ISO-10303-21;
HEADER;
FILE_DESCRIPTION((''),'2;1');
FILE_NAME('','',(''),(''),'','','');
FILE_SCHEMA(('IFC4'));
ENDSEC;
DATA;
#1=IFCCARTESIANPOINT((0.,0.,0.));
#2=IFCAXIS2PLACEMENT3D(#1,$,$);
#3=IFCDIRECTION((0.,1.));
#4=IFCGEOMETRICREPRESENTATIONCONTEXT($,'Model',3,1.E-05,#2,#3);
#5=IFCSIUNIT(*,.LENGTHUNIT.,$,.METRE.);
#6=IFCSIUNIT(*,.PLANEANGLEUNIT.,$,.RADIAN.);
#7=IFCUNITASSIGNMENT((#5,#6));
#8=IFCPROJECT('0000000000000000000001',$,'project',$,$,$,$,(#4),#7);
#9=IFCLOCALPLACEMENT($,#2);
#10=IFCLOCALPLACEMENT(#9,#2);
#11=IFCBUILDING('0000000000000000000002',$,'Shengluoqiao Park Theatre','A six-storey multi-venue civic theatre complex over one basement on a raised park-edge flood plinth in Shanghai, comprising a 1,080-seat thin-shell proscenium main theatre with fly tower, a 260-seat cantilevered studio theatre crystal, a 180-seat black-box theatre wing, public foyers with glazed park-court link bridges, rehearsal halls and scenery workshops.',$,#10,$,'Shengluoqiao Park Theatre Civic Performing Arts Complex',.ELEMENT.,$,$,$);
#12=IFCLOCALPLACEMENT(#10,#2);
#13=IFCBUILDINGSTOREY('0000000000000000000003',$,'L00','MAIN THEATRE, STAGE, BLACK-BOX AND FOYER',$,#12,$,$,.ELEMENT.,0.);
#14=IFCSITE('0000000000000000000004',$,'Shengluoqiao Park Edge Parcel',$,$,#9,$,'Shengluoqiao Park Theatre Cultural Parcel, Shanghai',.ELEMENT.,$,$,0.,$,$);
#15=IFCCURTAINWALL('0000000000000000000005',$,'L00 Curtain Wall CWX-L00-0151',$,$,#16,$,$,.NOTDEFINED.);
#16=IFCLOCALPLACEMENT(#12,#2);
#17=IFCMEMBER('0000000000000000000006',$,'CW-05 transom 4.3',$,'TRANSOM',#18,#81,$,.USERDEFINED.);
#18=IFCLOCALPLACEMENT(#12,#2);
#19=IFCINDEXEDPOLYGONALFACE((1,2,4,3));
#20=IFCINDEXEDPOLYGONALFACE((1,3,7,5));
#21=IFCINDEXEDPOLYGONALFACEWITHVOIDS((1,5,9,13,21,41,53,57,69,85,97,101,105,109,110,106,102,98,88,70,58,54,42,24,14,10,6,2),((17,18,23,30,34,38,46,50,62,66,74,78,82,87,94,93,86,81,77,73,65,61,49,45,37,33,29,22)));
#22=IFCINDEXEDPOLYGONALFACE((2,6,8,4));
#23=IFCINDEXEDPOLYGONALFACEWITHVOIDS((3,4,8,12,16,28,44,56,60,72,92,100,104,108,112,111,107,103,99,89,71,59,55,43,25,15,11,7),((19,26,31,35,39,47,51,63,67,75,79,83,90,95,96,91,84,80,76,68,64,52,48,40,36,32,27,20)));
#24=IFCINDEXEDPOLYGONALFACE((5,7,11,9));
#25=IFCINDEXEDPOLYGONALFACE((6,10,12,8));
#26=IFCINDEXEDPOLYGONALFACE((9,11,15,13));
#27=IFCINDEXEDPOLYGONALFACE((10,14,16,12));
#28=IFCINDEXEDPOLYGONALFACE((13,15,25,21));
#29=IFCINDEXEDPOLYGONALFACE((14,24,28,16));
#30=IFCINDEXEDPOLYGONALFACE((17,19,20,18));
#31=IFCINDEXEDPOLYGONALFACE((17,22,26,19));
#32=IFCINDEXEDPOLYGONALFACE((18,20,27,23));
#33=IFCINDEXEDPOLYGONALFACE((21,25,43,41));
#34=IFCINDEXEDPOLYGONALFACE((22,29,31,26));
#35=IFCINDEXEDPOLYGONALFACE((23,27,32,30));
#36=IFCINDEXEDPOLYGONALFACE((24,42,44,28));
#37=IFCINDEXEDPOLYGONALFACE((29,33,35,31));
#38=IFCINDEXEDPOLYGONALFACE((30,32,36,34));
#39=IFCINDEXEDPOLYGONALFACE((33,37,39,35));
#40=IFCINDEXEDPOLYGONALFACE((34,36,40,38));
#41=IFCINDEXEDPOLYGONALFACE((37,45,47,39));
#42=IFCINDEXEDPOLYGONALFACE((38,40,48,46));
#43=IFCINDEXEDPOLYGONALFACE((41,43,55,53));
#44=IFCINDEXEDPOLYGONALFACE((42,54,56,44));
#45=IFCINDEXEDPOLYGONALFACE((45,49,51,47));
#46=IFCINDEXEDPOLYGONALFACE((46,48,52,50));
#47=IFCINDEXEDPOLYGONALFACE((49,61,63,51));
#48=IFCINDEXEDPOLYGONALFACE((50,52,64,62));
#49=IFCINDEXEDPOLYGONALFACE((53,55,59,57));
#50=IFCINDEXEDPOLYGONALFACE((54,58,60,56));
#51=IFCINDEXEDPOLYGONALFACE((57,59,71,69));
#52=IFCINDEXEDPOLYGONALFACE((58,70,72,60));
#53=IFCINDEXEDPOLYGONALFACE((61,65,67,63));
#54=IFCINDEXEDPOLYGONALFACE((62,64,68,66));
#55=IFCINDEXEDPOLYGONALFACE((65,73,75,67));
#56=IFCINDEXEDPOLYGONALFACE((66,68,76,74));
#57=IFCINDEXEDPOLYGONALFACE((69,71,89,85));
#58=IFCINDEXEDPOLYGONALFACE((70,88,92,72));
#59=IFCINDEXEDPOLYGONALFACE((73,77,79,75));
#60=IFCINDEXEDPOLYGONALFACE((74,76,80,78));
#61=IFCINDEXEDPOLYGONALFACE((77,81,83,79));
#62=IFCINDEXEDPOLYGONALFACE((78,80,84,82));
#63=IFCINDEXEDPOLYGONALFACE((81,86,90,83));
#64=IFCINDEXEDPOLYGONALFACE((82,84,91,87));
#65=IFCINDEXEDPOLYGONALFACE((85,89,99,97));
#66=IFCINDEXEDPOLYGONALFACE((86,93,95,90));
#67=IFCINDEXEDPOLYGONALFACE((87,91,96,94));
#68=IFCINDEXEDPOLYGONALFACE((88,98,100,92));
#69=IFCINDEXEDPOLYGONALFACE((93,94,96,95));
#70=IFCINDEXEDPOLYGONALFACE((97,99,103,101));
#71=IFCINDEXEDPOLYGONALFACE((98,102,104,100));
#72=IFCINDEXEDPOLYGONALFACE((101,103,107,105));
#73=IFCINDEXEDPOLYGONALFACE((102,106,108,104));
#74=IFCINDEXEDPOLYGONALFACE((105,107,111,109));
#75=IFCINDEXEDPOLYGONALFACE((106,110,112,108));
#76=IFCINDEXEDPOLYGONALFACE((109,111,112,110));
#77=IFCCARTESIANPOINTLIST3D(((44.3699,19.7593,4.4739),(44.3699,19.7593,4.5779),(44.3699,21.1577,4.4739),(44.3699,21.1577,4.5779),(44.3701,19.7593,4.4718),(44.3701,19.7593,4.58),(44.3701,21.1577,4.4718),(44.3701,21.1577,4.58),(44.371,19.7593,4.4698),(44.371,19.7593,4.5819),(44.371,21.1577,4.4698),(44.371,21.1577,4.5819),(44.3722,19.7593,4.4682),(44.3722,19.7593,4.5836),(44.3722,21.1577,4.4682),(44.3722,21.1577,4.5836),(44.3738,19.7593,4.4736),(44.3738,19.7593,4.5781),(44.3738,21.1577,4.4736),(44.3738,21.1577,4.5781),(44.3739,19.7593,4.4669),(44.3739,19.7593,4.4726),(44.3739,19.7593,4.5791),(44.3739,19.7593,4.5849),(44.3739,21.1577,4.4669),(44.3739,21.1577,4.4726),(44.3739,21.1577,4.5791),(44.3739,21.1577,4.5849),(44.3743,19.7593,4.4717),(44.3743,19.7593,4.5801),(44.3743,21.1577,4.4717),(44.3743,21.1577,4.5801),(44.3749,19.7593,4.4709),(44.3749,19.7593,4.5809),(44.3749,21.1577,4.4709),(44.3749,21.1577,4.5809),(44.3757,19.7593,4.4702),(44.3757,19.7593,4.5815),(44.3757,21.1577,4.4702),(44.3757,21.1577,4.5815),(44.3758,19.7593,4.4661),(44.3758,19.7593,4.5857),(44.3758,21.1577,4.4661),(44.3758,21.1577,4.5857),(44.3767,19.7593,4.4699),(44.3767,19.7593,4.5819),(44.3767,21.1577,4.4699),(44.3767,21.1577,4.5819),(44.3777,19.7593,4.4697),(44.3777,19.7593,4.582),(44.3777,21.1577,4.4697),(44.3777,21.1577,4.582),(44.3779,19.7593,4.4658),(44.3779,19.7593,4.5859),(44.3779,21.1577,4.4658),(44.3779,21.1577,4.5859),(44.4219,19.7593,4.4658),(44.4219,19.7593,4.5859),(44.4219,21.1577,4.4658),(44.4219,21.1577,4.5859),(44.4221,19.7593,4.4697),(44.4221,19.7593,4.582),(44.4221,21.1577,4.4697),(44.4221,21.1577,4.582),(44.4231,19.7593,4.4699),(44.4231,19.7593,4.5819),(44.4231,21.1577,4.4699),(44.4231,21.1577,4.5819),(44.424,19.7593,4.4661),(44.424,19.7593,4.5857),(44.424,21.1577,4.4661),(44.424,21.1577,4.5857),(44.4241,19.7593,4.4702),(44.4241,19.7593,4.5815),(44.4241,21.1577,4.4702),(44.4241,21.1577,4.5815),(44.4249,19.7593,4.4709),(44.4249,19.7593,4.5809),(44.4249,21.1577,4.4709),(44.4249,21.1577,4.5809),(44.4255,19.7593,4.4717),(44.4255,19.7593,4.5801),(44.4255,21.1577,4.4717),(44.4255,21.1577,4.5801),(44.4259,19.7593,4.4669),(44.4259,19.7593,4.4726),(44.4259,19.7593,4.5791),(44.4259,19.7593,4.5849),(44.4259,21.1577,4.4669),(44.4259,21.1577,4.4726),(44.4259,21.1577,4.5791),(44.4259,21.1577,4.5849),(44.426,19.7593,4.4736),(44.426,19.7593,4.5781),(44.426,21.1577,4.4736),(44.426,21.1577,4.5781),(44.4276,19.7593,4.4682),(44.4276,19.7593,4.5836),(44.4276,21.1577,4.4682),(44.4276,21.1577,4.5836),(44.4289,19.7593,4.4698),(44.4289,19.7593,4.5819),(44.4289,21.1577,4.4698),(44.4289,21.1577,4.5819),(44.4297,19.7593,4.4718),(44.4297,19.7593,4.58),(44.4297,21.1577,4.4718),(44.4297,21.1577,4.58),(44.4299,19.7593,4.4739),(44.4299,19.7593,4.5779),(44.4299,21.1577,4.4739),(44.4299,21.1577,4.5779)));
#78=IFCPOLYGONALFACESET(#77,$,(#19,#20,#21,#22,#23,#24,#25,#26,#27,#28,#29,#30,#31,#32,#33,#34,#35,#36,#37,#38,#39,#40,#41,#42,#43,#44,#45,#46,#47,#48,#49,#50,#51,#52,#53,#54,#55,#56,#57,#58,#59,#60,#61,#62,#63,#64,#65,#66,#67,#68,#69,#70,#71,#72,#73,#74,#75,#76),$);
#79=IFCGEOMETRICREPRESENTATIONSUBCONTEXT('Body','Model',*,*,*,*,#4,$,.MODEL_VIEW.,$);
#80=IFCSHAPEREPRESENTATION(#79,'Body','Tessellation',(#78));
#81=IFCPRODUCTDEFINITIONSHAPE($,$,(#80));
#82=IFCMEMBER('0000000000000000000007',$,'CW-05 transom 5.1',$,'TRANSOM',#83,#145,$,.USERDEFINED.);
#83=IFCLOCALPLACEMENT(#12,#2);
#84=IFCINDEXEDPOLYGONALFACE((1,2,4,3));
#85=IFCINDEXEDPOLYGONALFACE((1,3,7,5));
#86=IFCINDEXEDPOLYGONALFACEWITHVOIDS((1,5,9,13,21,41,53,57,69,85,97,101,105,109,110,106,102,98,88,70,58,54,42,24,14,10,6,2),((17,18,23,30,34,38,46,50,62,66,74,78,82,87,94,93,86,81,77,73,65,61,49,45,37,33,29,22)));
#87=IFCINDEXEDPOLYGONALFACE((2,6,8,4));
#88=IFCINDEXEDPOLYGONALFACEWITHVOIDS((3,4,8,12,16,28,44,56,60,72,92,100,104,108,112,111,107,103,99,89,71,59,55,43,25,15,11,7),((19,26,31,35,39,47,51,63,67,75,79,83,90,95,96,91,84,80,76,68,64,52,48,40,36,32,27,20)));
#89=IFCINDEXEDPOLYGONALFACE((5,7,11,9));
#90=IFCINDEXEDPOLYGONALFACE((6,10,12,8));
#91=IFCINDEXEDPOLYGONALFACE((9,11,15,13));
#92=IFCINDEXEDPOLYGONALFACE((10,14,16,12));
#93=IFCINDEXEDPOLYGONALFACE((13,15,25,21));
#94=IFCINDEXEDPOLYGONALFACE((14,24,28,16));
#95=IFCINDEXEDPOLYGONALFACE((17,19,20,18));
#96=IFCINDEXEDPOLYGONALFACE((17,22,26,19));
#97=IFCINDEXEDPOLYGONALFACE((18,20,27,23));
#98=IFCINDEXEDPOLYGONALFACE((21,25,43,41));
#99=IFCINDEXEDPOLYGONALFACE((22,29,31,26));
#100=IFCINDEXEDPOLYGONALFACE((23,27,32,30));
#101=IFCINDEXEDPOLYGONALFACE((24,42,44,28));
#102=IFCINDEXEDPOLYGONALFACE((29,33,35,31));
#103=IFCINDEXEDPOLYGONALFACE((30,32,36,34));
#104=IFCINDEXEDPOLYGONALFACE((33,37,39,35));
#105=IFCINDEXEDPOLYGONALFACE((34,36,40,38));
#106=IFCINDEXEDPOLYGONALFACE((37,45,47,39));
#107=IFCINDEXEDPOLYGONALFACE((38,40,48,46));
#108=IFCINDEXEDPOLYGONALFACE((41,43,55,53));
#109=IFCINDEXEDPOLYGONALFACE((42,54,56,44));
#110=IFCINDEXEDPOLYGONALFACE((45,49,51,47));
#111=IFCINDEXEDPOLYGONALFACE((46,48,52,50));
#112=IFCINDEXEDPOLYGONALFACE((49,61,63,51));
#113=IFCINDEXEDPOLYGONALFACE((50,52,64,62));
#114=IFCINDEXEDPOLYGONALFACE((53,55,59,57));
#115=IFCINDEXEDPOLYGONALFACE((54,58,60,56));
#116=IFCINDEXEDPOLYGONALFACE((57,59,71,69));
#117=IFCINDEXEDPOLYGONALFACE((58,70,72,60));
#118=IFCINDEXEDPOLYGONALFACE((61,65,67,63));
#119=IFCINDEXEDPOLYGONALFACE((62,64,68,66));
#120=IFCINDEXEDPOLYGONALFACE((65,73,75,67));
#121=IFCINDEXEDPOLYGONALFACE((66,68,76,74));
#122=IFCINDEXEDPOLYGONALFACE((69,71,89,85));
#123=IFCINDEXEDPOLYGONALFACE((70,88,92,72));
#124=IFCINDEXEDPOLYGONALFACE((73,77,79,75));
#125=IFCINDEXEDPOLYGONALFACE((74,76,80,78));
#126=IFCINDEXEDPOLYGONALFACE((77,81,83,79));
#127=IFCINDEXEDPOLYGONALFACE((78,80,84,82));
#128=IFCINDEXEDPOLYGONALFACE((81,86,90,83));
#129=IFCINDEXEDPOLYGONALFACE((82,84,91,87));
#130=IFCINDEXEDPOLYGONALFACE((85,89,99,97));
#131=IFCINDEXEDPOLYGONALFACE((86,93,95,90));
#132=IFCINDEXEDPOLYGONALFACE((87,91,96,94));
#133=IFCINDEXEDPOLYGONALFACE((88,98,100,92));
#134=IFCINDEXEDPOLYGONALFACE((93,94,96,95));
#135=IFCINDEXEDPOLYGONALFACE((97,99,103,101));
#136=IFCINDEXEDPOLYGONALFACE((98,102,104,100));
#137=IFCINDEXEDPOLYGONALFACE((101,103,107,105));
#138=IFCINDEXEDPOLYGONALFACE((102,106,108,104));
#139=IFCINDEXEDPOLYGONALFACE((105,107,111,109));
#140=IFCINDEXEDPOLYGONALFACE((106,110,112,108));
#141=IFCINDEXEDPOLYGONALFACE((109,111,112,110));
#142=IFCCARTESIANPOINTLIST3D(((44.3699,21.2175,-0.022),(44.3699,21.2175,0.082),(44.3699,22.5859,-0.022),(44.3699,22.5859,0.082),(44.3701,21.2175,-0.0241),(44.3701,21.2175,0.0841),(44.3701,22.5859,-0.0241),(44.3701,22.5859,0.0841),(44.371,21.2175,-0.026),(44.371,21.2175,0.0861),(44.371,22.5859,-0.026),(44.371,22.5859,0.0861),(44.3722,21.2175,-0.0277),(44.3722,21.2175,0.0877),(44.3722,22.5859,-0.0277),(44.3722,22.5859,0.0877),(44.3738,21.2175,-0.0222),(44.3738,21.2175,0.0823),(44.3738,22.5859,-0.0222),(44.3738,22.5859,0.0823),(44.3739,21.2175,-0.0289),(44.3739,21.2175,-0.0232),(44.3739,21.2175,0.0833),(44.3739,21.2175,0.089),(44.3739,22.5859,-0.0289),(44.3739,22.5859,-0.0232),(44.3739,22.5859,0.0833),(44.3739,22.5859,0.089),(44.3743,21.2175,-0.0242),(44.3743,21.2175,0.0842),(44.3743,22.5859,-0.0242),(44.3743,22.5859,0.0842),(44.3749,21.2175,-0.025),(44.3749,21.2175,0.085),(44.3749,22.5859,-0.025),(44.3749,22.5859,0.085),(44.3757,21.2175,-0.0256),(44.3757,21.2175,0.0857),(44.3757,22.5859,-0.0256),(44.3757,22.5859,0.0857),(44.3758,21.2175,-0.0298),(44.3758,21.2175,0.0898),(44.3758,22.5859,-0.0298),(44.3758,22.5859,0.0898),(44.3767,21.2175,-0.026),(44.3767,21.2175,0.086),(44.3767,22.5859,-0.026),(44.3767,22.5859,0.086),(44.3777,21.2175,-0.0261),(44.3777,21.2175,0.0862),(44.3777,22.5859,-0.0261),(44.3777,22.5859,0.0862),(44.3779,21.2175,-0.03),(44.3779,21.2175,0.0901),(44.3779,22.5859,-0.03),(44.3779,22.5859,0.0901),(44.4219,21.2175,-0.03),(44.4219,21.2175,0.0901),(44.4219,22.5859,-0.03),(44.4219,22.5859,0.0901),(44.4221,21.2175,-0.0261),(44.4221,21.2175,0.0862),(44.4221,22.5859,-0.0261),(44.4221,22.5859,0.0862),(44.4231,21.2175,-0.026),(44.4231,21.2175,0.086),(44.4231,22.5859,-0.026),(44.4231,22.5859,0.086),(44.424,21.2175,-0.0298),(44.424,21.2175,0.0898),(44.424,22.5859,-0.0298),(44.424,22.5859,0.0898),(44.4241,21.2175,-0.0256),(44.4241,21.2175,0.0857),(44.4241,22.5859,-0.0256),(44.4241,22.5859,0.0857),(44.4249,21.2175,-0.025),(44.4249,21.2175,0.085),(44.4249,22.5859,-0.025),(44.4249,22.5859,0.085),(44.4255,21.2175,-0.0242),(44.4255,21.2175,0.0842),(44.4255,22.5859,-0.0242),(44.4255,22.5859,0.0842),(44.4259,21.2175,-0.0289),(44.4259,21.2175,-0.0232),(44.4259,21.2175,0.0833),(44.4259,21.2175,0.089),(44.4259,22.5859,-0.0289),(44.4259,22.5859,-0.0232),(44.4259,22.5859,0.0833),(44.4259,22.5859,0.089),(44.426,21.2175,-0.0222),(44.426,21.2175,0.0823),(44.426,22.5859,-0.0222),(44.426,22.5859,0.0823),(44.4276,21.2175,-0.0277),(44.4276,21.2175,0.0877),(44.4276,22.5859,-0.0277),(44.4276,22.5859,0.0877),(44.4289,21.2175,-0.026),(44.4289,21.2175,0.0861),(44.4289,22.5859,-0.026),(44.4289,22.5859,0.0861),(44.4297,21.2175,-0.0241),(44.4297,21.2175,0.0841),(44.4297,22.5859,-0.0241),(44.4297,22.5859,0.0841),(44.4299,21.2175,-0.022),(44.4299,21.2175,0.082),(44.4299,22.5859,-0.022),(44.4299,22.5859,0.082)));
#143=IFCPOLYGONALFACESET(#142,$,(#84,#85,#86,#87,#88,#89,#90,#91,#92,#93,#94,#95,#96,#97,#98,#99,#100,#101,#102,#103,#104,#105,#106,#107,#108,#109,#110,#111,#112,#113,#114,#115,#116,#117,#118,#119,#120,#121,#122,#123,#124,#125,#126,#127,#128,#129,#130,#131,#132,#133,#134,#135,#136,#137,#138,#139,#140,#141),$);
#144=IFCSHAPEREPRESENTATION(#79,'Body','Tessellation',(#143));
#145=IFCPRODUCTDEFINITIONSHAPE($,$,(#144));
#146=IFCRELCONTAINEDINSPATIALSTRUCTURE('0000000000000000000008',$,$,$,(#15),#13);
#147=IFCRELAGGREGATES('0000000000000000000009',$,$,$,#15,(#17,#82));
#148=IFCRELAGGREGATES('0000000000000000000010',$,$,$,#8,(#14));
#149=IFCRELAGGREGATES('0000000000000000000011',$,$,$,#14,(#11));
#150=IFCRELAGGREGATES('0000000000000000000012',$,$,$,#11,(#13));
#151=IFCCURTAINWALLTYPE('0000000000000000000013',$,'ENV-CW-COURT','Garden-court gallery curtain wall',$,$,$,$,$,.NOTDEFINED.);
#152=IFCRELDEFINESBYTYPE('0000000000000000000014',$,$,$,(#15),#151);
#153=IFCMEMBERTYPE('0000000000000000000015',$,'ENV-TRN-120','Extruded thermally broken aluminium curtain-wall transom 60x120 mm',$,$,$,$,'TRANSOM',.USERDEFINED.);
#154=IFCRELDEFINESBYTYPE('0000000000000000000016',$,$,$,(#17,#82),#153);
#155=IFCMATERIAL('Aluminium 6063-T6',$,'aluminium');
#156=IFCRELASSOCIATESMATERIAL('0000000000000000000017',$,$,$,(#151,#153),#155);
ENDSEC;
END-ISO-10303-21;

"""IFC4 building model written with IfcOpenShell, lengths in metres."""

from ifc_helpers import new_model, si_unit, direction, frame, origin, origin_2d, place, context, subcontext, project, spatial, hollow_rectangle, extrude, material, material_profile, profile_set, type_object, element, aggregate, save


model = new_model("IFC4")

# Units and contexts
model_context = context("Model", 3, precision=1e-05, world=origin(), true_north=direction((0.0, 1.0)))
body_context = subcontext(model_context, "Body", "Model", "MODEL_VIEW")
ifc_project = project(units=[si_unit("LENGTHUNIT", "METRE"), si_unit("PLANEANGLEUNIT", "RADIAN")], contexts=[model_context])

# Site, building, storey
site_placement = place(None, origin())
site = spatial("IfcSite", under=ifc_project, at=site_placement, Name="Shengluoqiao Park Edge Parcel", LongName="Shengluoqiao Park Theatre Cultural Parcel, Shanghai", CompositionType="ELEMENT", RefElevation=0.0)
building_placement = place(site_placement, origin())
building = spatial("IfcBuilding", under=site, at=building_placement, Name="Shengluoqiao Park Theatre", Description="A six-storey multi-venue civic theatre complex over one basement on a raised park-edge flood plinth in Shanghai, comprising a 1,080-seat thin-shell proscenium main theatre with fly tower, a 260-seat cantilevered studio theatre crystal, a 180-seat black-box theatre wing, public foyers with glazed park-court link bridges, rehearsal halls and scenery workshops.", LongName="Shengluoqiao Park Theatre Civic Performing Arts Complex", CompositionType="ELEMENT")
storey_placement = place(building_placement, origin())
storey = spatial("IfcBuildingStorey", under=building, at=storey_placement, Name="L00", Description="MAIN THEATRE, STAGE, BLACK-BOX AND FOYER", CompositionType="ELEMENT", Elevation=0.0)

# Shared definitions
ifc_material_1 = material(Name="Aluminium 6063-T6", Category="aluminium")
curtain_wall_type = type_object("IfcCurtainWallType", Name="ENV-CW-COURT", Description="Garden-court gallery curtain wall", PredefinedType="NOTDEFINED", material=ifc_material_1)

# Curtain wall
curtain_wall_1_placement = place(storey_placement, origin())
curtain_wall_1 = element("IfcCurtainWall", 1, at=curtain_wall_1_placement, inside=storey, type_object=curtain_wall_type, Name="L00 Curtain Wall CWX-L00-0151", PredefinedType="NOTDEFINED")

# Members
ifc_material_profile_1 = material_profile(ifc_material_1, hollow_rectangle(XDim=0.0601, YDim=0.1201, WallThickness=0.0039, InnerFilletRadius=0.0039, OuterFilletRadius=0.0081, at=origin_2d()), Name="ALU TRANSOM 120x60x4")
ifc_profile_set_1 = profile_set([ifc_material_profile_1], Name="Aluminium 6063-T6")
member_type_1 = type_object("IfcMemberType", Name="ENV-TRN-120", Description="Extruded thermally broken aluminium curtain-wall transom 60x120 mm", ElementType="TRANSOM", PredefinedType="USERDEFINED", material=ifc_profile_set_1)
member_1_placement = place(storey_placement, frame((44.3999, 19.7593, 4.5259), z_axis=(0.0, 1.0, 0.0), x_axis=(-1.0, 0.0, 0.0)))
member_1 = element("IfcMember", 2, at=member_1_placement, type_object=member_type_1, Name="CW-05 transom 4.3", ObjectType="TRANSOM", PredefinedType="USERDEFINED", context=body_context, shape_type="SweptSolid", body=[
    extrude(hollow_rectangle(XDim=0.0601, YDim=0.1201, WallThickness=0.0039, InnerFilletRadius=0.0039, OuterFilletRadius=0.0081, at=origin_2d()), origin(), (0.0, 0.0, 1.0), 1.3984),
])
member_2_placement = place(storey_placement, frame((44.3999, 21.2175, 0.03), z_axis=(0.0, 1.0, 0.0), x_axis=(-1.0, 0.0, 0.0)))
member_2 = element("IfcMember", 3, at=member_2_placement, type_object=member_type_1, Name="CW-05 transom 5.1", ObjectType="TRANSOM", PredefinedType="USERDEFINED", context=body_context, shape_type="SweptSolid", body=[
    extrude(hollow_rectangle(XDim=0.0601, YDim=0.1201, WallThickness=0.0039, InnerFilletRadius=0.0039, OuterFilletRadius=0.0081, at=origin_2d()), origin(), (0.0, 0.0, 1.0), 1.3684),
])

aggregate(curtain_wall_1, [member_1, member_2])

save(model, "model.ifc")
